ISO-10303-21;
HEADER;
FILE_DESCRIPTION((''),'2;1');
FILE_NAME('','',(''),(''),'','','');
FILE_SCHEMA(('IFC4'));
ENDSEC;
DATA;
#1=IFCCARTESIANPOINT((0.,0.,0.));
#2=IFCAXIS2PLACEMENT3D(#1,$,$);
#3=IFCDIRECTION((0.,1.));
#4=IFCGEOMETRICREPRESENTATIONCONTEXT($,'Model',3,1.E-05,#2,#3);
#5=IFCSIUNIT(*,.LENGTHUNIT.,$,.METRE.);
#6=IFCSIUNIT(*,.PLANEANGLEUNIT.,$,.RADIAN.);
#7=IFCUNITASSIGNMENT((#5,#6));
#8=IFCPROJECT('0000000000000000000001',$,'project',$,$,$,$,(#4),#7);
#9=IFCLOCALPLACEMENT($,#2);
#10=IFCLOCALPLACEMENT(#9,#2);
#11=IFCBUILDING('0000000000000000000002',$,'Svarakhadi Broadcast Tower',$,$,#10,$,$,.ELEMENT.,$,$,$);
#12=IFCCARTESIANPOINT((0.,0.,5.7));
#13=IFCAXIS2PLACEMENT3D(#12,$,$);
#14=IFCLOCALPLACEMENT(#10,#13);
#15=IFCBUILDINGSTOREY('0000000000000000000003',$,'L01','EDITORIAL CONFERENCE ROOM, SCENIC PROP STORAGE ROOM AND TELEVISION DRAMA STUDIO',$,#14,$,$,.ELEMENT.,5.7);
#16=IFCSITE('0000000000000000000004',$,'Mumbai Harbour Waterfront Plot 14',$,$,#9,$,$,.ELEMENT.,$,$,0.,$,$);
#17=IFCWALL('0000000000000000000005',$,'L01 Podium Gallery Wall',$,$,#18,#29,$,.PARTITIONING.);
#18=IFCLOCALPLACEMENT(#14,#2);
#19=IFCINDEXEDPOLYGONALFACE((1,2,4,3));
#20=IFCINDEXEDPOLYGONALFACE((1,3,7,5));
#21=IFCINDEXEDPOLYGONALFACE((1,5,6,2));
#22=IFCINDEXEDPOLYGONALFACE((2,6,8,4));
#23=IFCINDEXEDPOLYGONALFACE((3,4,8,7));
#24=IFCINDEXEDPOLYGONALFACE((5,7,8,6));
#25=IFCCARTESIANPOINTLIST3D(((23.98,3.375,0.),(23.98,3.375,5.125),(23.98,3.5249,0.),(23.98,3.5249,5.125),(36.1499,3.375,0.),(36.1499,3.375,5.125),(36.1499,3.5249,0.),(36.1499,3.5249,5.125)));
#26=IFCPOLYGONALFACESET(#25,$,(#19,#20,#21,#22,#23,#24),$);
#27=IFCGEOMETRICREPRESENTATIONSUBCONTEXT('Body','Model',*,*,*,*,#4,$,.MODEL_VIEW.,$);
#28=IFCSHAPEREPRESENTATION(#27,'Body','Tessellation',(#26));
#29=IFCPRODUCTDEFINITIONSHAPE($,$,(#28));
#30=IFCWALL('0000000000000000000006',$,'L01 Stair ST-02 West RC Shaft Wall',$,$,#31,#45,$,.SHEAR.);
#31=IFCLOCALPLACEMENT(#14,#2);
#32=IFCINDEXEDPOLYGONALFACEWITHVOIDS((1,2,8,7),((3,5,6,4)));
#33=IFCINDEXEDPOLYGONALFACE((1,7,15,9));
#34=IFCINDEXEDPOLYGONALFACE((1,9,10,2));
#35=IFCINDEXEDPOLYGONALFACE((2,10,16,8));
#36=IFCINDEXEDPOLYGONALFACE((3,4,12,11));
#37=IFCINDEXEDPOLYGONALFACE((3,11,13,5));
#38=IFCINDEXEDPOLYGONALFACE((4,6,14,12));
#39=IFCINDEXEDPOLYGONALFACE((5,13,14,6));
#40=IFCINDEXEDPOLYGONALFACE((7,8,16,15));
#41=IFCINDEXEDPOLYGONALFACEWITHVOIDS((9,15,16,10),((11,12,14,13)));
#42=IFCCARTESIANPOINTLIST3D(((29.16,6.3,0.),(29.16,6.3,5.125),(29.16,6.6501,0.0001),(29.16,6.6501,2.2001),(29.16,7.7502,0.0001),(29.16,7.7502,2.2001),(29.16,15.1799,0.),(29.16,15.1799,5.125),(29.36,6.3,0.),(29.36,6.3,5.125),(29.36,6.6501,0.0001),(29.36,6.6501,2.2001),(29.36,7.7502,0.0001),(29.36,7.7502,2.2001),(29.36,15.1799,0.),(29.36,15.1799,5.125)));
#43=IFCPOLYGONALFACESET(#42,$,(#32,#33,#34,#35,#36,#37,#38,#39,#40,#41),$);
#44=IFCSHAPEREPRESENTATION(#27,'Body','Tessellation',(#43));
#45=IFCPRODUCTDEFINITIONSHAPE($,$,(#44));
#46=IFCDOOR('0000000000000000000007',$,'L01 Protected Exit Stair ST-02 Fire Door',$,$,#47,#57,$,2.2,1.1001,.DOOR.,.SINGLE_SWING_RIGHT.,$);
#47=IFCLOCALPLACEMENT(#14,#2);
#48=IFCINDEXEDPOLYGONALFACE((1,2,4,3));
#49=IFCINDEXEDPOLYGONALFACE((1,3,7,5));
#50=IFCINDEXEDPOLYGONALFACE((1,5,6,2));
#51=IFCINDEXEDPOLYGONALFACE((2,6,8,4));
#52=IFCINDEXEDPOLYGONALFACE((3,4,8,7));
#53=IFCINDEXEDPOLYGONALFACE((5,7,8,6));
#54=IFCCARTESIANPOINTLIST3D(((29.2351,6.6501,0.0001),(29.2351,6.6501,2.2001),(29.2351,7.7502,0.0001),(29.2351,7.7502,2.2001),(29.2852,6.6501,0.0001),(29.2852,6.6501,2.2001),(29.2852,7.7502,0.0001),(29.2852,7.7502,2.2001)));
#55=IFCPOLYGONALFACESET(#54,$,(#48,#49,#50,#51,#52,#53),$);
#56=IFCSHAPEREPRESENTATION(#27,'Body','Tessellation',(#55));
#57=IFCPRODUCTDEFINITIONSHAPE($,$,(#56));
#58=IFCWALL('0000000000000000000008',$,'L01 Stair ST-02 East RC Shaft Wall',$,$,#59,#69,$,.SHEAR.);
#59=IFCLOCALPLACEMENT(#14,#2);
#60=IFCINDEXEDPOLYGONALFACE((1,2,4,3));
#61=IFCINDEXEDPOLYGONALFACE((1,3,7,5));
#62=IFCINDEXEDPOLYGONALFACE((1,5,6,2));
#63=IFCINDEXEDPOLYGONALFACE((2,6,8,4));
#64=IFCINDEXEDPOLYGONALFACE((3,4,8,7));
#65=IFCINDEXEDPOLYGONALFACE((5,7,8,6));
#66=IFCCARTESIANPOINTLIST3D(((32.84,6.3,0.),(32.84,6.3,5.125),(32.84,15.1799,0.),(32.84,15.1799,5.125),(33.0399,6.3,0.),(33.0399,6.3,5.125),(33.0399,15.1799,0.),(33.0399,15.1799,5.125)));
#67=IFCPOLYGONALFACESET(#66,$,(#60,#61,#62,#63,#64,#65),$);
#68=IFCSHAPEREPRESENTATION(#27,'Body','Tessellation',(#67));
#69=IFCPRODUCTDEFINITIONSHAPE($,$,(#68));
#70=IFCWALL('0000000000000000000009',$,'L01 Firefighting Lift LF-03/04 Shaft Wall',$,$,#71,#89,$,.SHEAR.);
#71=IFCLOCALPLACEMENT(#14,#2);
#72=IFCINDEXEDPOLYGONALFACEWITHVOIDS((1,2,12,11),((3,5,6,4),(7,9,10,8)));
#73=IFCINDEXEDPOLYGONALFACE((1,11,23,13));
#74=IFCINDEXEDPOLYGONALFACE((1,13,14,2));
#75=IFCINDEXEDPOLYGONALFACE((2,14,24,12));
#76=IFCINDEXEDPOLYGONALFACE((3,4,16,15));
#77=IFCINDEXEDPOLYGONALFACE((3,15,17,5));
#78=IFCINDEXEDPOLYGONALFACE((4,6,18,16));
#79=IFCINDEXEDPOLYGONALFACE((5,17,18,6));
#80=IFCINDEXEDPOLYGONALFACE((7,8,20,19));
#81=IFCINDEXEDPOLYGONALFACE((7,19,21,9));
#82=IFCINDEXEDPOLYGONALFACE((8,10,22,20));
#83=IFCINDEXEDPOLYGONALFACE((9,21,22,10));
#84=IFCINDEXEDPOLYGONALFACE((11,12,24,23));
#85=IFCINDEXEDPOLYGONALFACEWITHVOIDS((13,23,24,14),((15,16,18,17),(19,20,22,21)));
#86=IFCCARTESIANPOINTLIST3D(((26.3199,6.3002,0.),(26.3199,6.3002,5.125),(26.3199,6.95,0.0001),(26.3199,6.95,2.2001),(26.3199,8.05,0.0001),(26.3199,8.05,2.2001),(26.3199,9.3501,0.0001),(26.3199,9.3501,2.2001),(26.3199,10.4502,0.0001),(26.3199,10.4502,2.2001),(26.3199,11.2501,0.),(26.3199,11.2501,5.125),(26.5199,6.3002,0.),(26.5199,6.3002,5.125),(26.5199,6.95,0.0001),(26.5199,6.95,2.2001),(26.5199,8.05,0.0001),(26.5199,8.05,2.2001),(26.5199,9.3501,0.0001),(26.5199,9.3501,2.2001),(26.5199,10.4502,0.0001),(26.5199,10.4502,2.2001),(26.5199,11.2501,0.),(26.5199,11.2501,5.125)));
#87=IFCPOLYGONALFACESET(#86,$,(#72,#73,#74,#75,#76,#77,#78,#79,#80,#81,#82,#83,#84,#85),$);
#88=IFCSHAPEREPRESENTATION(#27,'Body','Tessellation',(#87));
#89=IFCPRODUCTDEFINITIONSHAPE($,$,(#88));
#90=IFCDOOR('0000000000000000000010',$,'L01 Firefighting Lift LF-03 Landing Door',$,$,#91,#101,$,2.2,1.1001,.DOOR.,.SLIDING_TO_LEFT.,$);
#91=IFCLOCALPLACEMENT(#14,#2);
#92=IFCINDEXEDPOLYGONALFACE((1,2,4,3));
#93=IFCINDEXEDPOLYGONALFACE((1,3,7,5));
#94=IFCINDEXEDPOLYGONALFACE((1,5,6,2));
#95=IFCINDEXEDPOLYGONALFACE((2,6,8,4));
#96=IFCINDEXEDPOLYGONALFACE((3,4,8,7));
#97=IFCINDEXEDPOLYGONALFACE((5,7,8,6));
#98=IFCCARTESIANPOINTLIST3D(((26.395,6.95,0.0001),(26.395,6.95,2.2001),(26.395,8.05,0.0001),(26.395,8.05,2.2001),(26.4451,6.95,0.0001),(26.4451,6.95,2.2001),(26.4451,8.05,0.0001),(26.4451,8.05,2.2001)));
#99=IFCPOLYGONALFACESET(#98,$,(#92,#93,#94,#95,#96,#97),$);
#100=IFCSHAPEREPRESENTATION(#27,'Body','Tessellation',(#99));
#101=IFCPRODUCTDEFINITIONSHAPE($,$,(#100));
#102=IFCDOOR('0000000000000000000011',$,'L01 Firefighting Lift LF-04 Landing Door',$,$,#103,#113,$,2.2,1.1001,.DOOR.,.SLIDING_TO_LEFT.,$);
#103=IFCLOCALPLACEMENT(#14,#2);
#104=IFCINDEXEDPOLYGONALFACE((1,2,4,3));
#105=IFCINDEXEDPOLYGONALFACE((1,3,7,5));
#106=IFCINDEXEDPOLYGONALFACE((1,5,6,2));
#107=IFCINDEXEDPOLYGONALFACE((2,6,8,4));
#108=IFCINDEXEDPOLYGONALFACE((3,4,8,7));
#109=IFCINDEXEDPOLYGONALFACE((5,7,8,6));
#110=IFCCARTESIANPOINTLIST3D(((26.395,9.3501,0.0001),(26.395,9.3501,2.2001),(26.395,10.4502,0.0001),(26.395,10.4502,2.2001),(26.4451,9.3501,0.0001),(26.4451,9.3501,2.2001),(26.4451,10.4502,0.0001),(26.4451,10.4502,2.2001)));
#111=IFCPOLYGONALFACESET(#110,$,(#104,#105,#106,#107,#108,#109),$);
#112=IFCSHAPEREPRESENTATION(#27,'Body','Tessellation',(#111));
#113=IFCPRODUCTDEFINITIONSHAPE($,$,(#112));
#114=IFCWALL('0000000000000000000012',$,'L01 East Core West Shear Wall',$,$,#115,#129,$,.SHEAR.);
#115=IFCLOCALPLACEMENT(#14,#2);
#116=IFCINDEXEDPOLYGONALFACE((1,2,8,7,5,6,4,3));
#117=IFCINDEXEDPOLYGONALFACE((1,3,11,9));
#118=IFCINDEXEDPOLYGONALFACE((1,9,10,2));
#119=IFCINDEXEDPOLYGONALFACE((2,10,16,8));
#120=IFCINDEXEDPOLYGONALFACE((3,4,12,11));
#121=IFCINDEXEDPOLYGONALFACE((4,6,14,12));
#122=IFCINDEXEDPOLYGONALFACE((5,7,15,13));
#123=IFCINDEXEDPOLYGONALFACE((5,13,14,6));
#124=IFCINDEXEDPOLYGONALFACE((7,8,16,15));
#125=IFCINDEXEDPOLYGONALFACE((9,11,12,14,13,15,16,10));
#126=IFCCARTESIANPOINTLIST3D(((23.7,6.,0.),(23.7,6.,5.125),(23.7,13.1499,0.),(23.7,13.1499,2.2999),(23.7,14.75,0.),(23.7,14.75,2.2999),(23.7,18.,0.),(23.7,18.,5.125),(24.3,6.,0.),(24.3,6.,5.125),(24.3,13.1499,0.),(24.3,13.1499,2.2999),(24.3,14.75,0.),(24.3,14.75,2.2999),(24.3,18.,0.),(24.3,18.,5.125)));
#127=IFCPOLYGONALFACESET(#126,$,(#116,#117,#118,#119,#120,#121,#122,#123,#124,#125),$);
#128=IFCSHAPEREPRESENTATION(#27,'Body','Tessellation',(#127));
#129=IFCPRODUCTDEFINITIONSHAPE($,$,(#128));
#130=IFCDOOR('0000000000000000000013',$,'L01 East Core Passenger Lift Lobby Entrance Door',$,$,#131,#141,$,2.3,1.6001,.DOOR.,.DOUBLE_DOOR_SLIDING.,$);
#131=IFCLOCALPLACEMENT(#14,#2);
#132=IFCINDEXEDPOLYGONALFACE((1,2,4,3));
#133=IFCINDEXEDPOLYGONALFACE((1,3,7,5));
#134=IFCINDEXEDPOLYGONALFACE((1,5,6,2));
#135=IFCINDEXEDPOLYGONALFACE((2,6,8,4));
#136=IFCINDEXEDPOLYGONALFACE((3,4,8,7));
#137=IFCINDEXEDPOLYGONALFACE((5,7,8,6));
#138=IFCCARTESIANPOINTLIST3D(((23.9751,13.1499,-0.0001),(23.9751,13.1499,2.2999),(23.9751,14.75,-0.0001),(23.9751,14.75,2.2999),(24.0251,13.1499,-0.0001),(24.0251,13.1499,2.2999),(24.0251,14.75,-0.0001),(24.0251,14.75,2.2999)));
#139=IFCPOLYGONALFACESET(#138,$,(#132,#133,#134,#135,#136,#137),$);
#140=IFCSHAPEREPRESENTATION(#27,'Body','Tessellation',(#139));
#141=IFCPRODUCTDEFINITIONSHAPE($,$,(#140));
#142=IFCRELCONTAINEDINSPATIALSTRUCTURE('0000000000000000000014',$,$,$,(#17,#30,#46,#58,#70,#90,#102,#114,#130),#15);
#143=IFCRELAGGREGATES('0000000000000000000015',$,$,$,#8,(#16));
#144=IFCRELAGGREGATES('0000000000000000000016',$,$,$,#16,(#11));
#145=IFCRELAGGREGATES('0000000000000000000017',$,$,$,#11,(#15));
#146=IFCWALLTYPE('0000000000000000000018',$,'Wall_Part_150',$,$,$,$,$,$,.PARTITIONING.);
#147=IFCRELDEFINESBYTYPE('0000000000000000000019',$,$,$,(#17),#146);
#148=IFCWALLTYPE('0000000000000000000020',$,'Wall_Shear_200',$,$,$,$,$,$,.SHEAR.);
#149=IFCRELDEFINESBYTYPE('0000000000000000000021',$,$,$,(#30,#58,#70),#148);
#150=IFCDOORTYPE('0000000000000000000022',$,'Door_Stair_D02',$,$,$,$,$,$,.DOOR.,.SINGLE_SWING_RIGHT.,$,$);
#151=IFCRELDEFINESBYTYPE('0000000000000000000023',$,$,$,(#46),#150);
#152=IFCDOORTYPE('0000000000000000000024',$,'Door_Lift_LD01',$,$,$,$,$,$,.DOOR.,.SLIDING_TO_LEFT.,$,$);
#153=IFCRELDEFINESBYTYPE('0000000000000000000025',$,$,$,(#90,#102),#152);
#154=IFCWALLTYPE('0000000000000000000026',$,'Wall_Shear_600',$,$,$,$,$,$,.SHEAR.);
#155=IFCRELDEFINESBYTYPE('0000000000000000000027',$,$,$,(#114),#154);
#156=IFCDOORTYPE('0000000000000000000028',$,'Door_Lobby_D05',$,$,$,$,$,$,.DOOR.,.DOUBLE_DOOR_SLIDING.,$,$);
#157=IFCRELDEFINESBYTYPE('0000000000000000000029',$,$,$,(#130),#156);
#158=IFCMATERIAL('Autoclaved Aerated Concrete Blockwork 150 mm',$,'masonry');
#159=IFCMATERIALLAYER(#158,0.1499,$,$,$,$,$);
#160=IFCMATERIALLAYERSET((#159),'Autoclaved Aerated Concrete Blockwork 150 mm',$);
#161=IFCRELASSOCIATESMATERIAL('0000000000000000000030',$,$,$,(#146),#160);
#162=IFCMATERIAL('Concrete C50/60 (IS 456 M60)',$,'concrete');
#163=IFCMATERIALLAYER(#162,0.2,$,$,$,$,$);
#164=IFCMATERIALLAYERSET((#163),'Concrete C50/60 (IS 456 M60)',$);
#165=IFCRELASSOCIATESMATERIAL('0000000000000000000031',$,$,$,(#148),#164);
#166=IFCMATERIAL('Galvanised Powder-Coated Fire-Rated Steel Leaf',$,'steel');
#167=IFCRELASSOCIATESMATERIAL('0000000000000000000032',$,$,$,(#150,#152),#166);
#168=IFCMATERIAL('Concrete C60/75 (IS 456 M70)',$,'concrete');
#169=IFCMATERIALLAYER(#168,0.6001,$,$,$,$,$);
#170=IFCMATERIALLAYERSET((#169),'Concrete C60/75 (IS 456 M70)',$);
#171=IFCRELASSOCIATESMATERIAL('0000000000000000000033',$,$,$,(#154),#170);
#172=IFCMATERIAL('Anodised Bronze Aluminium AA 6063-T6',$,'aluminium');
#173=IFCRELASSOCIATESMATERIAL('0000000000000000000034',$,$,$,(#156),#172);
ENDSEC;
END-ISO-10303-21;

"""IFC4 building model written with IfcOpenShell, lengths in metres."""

from ifc_helpers import new_model, si_unit, direction, frame, frame_2d, origin, place, context, subcontext, project, spatial, rectangle, extrude, material, layer, layer_set, type_object, element, fill, save


model = new_model("IFC4")

# Units and contexts
model_context = context("Model", 3, precision=1e-05, world=origin(), true_north=direction((0.0, 1.0)))
body_context = subcontext(model_context, "Body", "Model", "MODEL_VIEW")
ifc_project = project(units=[si_unit("LENGTHUNIT", "METRE"), si_unit("PLANEANGLEUNIT", "RADIAN")], contexts=[model_context])

# Site, building, storey
site_placement = place(None, origin())
site = spatial("IfcSite", under=ifc_project, at=site_placement, Name="Mumbai Harbour Waterfront Plot 14", CompositionType="ELEMENT", RefElevation=0.0)
building_placement = place(site_placement, origin())
building = spatial("IfcBuilding", under=site, at=building_placement, Name="Svarakhadi Broadcast Tower", CompositionType="ELEMENT")
storey_placement = place(building_placement, frame((0.0, 0.0, 5.7)))
storey = spatial("IfcBuildingStorey", under=building, at=storey_placement, Name="L01", Description="EDITORIAL CONFERENCE ROOM, SCENIC PROP STORAGE ROOM AND TELEVISION DRAMA STUDIO", CompositionType="ELEMENT", Elevation=5.7)

# Shared definitions
ifc_material_1 = material(Name="Concrete C60/75 (IS 456 M70)", Category="concrete")

# Shared definitions
ifc_material_2 = material(Name="Anodised Bronze Aluminium AA 6063-T6", Category="aluminium")

# Wall
ifc_material_3 = material(Name="Autoclaved Aerated Concrete Blockwork 150 mm", Category="masonry")
ifc_layer_1 = layer(ifc_material_3, 0.1499)
ifc_layer_set_1 = layer_set([ifc_layer_1], Name="Autoclaved Aerated Concrete Blockwork 150 mm")
wall_type_1 = type_object("IfcWallType", Name="Wall_Part_150", PredefinedType="PARTITIONING", material=ifc_layer_set_1)
wall_1_placement = place(storey_placement, frame((36.1499, 3.45, 0.0), z_axis=(0.0, 0.0, 1.0), x_axis=(-1.0, 0.0, 0.0)))
element("IfcWall", 1, at=wall_1_placement, inside=storey, type_object=wall_type_1, Name="L01 Podium Gallery Wall", PredefinedType="PARTITIONING", context=body_context, shape_type="SweptSolid", body=[
    extrude(rectangle(XDim=12.1699, YDim=0.1499, at=frame_2d((6.085, 0.0))), origin(), (0.0, 0.0, 1.0), 5.125),
])

# Wall, opening, door
ifc_material_4 = material(Name="Concrete C50/60 (IS 456 M60)", Category="concrete")
ifc_layer_2 = layer(ifc_material_4, 0.2)
ifc_layer_set_2 = layer_set([ifc_layer_2], Name="Concrete C50/60 (IS 456 M60)")
wall_type_2 = type_object("IfcWallType", Name="Wall_Shear_200", PredefinedType="SHEAR", material=ifc_layer_set_2)
wall_2_placement = place(storey_placement, frame((29.26, 6.3, 0.0), z_axis=(0.0, 0.0, 1.0), x_axis=(0.0, 1.0, 0.0)))
wall_2 = element("IfcWall", 2, at=wall_2_placement, inside=storey, type_object=wall_type_2, Name="L01 Stair ST-02 West RC Shaft Wall", PredefinedType="SHEAR", context=body_context, shape_type="SweptSolid", body=[
    extrude(rectangle(XDim=8.8799, YDim=0.2, at=frame_2d((4.4399, 0.0))), origin(), (0.0, 0.0, 1.0), 5.125),
])
opening_1_placement = place(wall_2_placement, frame((0.3501, 0.0, 0.0)))
opening_1 = element("IfcOpeningElement", 3, at=opening_1_placement, cuts=wall_2, PredefinedType="OPENING", context=body_context, shape_type="SweptSolid", body=[
    extrude(rectangle(XDim=1.1001, YDim=2.2, at=frame_2d((0.55, 1.1001))), frame((0.0, 0.1099, 0.0), z_axis=(0.0, -1.0, 0.0), x_axis=(1.0, 0.0, 0.0)), (0.0, 0.0, 1.0), 0.22),
])
ifc_material_5 = material(Name="Galvanised Powder-Coated Fire-Rated Steel Leaf", Category="steel")
door_type_1 = type_object("IfcDoorType", Name="Door_Stair_D02", OperationType="SINGLE_SWING_RIGHT", PredefinedType="DOOR", material=ifc_material_5)
door_1_placement = place(opening_1_placement, origin())
door_1 = element("IfcDoor", 4, at=door_1_placement, inside=storey, type_object=door_type_1, Name="L01 Protected Exit Stair ST-02 Fire Door", OperationType="SINGLE_SWING_RIGHT", OverallHeight=2.2, OverallWidth=1.1001, PredefinedType="DOOR", context=body_context, shape_type="SweptSolid", body=[
    extrude(rectangle(XDim=1.1001, YDim=2.2, at=frame_2d((0.55, 1.1001))), frame((0.0, 0.0249, 0.0), z_axis=(0.0, -1.0, 0.0), x_axis=(1.0, 0.0, 0.0)), (0.0, 0.0, 1.0), 0.05),
])
fill(opening_1, door_1)

# Wall
wall_3_placement = place(storey_placement, frame((32.9399, 6.3, 0.0), z_axis=(0.0, 0.0, 1.0), x_axis=(0.0, 1.0, 0.0)))
element("IfcWall", 5, at=wall_3_placement, inside=storey, type_object=wall_type_2, Name="L01 Stair ST-02 East RC Shaft Wall", PredefinedType="SHEAR", context=body_context, shape_type="SweptSolid", body=[
    extrude(rectangle(XDim=8.8799, YDim=0.2, at=frame_2d((4.4399, 0.0))), origin(), (0.0, 0.0, 1.0), 5.125),
])

# Wall, openings, doors
wall_4_placement = place(storey_placement, frame((26.4199, 6.3, 0.0), z_axis=(0.0, 0.0, 1.0), x_axis=(0.0, 1.0, 0.0)))
wall_4 = element("IfcWall", 6, at=wall_4_placement, inside=storey, type_object=wall_type_2, Name="L01 Firefighting Lift LF-03/04 Shaft Wall", PredefinedType="SHEAR", context=body_context, shape_type="SweptSolid", body=[
    extrude(rectangle(XDim=4.95, YDim=0.2, at=frame_2d((2.4751, 0.0))), origin(), (0.0, 0.0, 1.0), 5.125),
])
opening_2_placement = place(wall_4_placement, frame((0.6499, 0.0, 0.0)))
opening_2 = element("IfcOpeningElement", 7, at=opening_2_placement, cuts=wall_4, PredefinedType="OPENING", context=body_context, shape_type="SweptSolid", body=[
    extrude(rectangle(XDim=1.1001, YDim=2.2, at=frame_2d((0.55, 1.1001))), frame((0.0, 0.1099, 0.0), z_axis=(0.0, -1.0, 0.0), x_axis=(1.0, 0.0, 0.0)), (0.0, 0.0, 1.0), 0.22),
])
opening_3_placement = place(wall_4_placement, frame((3.05, 0.0, 0.0)))
opening_3 = element("IfcOpeningElement", 8, at=opening_3_placement, cuts=wall_4, PredefinedType="OPENING", context=body_context, shape_type="SweptSolid", body=[
    extrude(rectangle(XDim=1.1001, YDim=2.2, at=frame_2d((0.55, 1.1001))), frame((0.0, 0.1099, 0.0), z_axis=(0.0, -1.0, 0.0), x_axis=(1.0, 0.0, 0.0)), (0.0, 0.0, 1.0), 0.22),
])
door_type_2 = type_object("IfcDoorType", Name="Door_Lift_LD01", OperationType="SLIDING_TO_LEFT", PredefinedType="DOOR", material=ifc_material_5)
door_2_placement = place(opening_2_placement, origin())
door_2 = element("IfcDoor", 9, at=door_2_placement, inside=storey, type_object=door_type_2, Name="L01 Firefighting Lift LF-03 Landing Door", OperationType="SLIDING_TO_LEFT", OverallHeight=2.2, OverallWidth=1.1001, PredefinedType="DOOR", context=body_context, shape_type="SweptSolid", body=[
    extrude(rectangle(XDim=1.1001, YDim=2.2, at=frame_2d((0.55, 1.1001))), frame((0.0, 0.0249, 0.0), z_axis=(0.0, -1.0, 0.0), x_axis=(1.0, 0.0, 0.0)), (0.0, 0.0, 1.0), 0.05),
])
fill(opening_2, door_2)
door_3_placement = place(opening_3_placement, origin())
door_3 = element("IfcDoor", 10, at=door_3_placement, inside=storey, type_object=door_type_2, Name="L01 Firefighting Lift LF-04 Landing Door", OperationType="SLIDING_TO_LEFT", OverallHeight=2.2, OverallWidth=1.1001, PredefinedType="DOOR", context=body_context, shape_type="SweptSolid", body=[
    extrude(rectangle(XDim=1.1001, YDim=2.2, at=frame_2d((0.55, 1.1001))), frame((0.0, 0.0249, 0.0), z_axis=(0.0, -1.0, 0.0), x_axis=(1.0, 0.0, 0.0)), (0.0, 0.0, 1.0), 0.05),
])
fill(opening_3, door_3)

# Wall, opening, door
ifc_layer_3 = layer(ifc_material_1, 0.6001)
ifc_layer_set_3 = layer_set([ifc_layer_3], Name="Concrete C60/75 (IS 456 M70)")
wall_type_3 = type_object("IfcWallType", Name="Wall_Shear_600", PredefinedType="SHEAR", material=ifc_layer_set_3)
wall_5_placement = place(storey_placement, frame((24.0, 6.0, 0.0), z_axis=(0.0, 0.0, 1.0), x_axis=(0.0, 1.0, 0.0)))
wall_5 = element("IfcWall", 11, at=wall_5_placement, inside=storey, type_object=wall_type_3, Name="L01 East Core West Shear Wall", PredefinedType="SHEAR", context=body_context, shape_type="SweptSolid", body=[
    extrude(rectangle(XDim=12.0, YDim=0.6001, at=frame_2d((6.0, 0.0))), origin(), (0.0, 0.0, 1.0), 5.125),
])
opening_4_placement = place(wall_5_placement, frame((7.1499, 0.0, 0.0)))
opening_4 = element("IfcOpeningElement", 12, at=opening_4_placement, cuts=wall_5, PredefinedType="OPENING", context=body_context, shape_type="SweptSolid", body=[
    extrude(rectangle(XDim=1.6001, YDim=2.3, at=frame_2d((0.8, 1.1499))), frame((0.0, 0.3101, 0.0), z_axis=(0.0, -1.0, 0.0), x_axis=(1.0, 0.0, 0.0)), (0.0, 0.0, 1.0), 0.6201),
])
door_type_3 = type_object("IfcDoorType", Name="Door_Lobby_D05", OperationType="DOUBLE_DOOR_SLIDING", PredefinedType="DOOR", material=ifc_material_2)
door_4_placement = place(opening_4_placement, origin())
door_4 = element("IfcDoor", 13, at=door_4_placement, inside=storey, type_object=door_type_3, Name="L01 East Core Passenger Lift Lobby Entrance Door", OperationType="DOUBLE_DOOR_SLIDING", OverallHeight=2.3, OverallWidth=1.6001, PredefinedType="DOOR", context=body_context, shape_type="SweptSolid", body=[
    extrude(rectangle(XDim=1.6001, YDim=2.3, at=frame_2d((0.8, 1.1499))), frame((0.0, 0.0249, 0.0), z_axis=(0.0, -1.0, 0.0), x_axis=(1.0, 0.0, 0.0)), (0.0, 0.0, 1.0), 0.05),
])
fill(opening_4, door_4)

save(model, "model.ifc")
